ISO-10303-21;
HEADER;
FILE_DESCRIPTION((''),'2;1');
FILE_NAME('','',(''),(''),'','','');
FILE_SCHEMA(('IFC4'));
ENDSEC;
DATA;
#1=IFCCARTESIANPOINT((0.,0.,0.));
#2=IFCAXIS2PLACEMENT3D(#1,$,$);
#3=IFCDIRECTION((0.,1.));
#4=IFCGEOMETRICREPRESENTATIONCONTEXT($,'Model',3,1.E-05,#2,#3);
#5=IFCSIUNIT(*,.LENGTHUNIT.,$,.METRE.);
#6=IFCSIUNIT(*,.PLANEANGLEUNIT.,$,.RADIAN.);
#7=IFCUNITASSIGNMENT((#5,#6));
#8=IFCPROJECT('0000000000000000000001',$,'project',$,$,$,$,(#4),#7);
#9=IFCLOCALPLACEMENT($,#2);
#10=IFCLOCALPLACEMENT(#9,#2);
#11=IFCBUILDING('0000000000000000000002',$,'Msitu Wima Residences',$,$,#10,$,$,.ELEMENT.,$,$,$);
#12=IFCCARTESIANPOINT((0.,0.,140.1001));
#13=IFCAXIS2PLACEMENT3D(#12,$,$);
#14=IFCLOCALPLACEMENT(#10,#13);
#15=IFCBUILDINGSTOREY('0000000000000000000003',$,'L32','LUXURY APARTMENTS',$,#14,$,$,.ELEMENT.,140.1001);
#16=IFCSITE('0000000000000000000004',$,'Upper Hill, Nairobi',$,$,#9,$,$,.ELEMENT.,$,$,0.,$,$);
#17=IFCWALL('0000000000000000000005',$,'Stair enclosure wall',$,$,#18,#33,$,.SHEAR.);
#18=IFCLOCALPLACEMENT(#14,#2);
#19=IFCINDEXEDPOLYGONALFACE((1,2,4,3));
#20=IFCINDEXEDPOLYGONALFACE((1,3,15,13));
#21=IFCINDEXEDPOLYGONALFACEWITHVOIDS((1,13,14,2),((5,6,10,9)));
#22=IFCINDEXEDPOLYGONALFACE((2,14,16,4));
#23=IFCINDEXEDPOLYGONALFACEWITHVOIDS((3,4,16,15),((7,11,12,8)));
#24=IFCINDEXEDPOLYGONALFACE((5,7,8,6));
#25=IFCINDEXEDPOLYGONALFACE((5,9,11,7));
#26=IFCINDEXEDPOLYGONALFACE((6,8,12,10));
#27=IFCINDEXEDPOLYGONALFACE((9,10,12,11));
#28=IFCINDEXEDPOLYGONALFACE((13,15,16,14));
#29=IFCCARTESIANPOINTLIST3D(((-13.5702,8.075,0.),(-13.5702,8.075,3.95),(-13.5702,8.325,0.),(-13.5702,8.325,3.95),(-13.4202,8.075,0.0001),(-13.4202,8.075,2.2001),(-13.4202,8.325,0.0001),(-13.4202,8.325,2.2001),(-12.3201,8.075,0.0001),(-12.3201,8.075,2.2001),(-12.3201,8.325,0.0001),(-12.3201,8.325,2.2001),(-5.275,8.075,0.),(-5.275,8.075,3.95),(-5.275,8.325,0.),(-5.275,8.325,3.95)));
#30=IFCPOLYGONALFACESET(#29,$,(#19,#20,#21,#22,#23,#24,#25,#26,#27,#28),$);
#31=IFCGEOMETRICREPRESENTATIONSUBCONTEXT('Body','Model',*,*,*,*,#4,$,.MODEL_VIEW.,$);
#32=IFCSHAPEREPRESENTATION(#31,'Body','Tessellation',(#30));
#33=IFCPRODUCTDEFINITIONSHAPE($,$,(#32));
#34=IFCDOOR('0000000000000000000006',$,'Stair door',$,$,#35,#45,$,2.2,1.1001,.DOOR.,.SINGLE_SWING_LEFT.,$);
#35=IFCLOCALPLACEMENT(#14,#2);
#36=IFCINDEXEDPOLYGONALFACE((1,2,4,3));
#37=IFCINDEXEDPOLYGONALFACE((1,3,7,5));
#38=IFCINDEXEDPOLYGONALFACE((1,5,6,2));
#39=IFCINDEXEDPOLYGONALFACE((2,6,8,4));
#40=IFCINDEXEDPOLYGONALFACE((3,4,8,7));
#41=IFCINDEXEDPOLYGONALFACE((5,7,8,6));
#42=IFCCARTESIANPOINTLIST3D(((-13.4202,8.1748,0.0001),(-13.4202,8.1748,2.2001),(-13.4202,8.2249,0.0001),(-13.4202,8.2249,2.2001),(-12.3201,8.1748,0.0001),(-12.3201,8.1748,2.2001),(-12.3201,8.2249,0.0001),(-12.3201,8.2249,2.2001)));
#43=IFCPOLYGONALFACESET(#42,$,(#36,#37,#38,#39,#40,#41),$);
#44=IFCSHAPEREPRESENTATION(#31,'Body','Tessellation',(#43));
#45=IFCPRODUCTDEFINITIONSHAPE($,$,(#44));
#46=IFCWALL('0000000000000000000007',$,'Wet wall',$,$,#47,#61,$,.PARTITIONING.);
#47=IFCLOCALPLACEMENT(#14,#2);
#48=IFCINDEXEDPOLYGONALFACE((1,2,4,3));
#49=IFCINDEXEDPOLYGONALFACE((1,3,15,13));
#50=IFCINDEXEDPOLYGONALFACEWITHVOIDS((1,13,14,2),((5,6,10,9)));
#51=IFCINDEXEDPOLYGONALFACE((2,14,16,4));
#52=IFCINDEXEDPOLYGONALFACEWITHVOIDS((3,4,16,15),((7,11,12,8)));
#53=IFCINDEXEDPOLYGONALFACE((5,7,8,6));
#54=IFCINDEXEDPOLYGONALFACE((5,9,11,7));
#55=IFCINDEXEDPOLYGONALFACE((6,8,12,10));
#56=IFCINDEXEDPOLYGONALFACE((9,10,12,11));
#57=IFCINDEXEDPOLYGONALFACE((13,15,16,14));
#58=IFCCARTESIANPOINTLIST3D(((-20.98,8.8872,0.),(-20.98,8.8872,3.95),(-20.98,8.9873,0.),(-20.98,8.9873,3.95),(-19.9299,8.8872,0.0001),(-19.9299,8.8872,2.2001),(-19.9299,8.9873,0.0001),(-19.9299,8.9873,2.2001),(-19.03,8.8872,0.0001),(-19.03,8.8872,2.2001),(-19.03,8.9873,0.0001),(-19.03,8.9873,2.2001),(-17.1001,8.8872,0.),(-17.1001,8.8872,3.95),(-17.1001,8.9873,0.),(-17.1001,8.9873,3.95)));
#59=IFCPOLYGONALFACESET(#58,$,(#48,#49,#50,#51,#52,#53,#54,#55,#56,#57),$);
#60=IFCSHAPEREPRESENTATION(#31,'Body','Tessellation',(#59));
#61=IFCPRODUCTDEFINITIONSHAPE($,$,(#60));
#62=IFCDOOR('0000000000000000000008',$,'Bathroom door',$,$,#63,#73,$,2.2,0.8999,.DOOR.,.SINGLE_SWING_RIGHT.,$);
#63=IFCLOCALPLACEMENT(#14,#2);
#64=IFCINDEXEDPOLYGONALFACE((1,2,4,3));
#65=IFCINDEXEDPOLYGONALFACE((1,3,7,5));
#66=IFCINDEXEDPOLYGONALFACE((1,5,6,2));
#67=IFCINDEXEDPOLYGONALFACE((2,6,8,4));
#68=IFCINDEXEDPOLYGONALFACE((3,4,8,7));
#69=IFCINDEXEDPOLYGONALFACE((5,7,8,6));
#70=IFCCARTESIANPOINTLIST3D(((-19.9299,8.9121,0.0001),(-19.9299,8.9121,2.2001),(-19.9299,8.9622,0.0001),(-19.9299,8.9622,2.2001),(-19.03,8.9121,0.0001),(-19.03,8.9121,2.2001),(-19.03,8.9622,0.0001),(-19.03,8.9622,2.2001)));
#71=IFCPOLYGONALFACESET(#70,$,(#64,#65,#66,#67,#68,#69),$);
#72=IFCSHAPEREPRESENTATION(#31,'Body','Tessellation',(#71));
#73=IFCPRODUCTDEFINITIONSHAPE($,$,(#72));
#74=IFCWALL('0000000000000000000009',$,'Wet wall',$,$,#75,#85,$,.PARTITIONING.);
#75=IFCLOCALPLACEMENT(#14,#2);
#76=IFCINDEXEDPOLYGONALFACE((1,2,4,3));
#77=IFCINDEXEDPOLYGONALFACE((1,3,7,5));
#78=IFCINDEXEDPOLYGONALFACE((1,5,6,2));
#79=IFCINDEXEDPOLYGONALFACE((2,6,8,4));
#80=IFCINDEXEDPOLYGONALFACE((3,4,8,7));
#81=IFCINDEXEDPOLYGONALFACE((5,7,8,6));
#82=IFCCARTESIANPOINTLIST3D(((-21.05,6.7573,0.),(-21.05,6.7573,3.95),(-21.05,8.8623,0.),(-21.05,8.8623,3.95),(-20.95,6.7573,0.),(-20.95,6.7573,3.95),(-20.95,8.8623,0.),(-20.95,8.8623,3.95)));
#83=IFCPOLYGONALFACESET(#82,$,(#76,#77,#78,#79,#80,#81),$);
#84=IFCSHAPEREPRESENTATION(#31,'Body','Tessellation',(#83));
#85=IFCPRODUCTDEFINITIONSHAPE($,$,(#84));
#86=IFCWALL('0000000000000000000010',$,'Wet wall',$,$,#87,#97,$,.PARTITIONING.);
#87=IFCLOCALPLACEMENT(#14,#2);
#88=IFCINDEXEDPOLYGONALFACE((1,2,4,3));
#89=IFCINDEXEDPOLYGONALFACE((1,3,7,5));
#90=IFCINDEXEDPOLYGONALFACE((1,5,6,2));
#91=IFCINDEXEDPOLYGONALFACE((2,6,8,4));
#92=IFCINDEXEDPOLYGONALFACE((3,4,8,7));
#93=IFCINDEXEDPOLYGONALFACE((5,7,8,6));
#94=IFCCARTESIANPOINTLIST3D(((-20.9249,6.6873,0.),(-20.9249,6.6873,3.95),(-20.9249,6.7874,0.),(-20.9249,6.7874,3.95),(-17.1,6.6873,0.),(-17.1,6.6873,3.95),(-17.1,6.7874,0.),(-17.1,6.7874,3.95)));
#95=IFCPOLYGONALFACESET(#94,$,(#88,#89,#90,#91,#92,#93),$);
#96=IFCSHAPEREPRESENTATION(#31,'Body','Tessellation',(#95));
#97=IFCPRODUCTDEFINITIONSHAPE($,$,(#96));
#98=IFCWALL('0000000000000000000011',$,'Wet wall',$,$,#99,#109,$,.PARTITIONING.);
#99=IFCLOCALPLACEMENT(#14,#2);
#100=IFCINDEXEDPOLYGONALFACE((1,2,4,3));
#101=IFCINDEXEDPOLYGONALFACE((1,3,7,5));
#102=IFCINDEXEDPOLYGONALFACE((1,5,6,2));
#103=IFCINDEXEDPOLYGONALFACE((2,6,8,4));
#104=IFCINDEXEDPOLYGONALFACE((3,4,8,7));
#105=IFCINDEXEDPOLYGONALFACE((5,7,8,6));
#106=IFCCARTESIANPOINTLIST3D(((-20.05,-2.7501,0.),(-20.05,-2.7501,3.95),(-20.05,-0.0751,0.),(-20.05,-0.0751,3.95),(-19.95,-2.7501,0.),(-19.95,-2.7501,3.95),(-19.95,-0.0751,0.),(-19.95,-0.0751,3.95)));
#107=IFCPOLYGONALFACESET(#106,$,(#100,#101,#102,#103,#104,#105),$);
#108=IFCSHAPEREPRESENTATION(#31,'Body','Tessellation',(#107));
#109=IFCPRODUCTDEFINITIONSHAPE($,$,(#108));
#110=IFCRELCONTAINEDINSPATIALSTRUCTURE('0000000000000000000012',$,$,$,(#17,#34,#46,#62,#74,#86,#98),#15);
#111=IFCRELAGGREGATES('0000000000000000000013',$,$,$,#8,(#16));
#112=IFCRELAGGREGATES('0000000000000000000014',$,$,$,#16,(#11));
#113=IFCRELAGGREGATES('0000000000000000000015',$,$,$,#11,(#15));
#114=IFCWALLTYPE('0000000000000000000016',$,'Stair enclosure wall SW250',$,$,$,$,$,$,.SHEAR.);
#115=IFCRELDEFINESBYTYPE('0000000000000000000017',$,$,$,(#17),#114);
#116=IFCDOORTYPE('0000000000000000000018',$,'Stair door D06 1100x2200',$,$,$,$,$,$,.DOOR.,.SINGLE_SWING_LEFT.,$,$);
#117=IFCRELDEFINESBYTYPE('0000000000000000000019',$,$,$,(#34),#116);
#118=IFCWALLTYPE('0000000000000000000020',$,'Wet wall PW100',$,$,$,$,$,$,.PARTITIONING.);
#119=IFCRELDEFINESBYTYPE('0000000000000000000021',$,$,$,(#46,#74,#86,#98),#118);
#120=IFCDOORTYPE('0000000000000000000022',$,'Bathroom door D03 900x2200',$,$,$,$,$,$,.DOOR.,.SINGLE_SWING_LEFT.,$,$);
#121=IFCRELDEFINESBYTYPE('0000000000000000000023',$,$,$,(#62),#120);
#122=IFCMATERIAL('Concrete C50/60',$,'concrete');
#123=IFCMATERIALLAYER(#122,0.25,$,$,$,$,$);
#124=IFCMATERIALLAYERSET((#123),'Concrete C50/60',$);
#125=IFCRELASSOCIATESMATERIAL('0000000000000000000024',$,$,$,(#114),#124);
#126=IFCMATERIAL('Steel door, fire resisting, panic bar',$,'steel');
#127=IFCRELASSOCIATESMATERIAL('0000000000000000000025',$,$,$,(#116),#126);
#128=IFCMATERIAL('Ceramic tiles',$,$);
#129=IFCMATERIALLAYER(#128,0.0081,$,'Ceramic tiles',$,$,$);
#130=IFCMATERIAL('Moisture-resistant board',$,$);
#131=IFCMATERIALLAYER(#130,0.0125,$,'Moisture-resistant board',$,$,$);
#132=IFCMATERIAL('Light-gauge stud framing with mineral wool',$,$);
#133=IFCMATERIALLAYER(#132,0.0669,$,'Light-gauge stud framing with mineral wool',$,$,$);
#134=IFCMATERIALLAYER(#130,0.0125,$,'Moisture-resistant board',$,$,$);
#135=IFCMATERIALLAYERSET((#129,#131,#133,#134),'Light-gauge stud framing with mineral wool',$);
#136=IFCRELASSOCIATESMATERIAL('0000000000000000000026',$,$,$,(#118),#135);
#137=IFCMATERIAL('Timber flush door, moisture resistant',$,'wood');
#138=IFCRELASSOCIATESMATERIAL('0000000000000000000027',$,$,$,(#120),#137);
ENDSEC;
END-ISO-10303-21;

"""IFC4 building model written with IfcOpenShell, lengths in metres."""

from ifc_helpers import new_model, si_unit, direction, frame, frame_2d, origin, place, context, subcontext, project, spatial, rectangle, extrude, material, layer, layer_set, type_object, element, fill, save


model = new_model("IFC4")

# Units and contexts
model_context = context("Model", 3, precision=1e-05, world=origin(), true_north=direction((0.0, 1.0)))
body_context = subcontext(model_context, "Body", "Model", "MODEL_VIEW")
ifc_project = project(units=[si_unit("LENGTHUNIT", "METRE"), si_unit("PLANEANGLEUNIT", "RADIAN")], contexts=[model_context])

# Site, building, storey
site_placement = place(None, origin())
site = spatial("IfcSite", under=ifc_project, at=site_placement, Name="Upper Hill, Nairobi", CompositionType="ELEMENT", RefElevation=0.0)
building_placement = place(site_placement, origin())
building = spatial("IfcBuilding", under=site, at=building_placement, Name="Msitu Wima Residences", CompositionType="ELEMENT")
storey_placement = place(building_placement, frame((0.0, 0.0, 140.1001)))
storey = spatial("IfcBuildingStorey", under=building, at=storey_placement, Name="L32", Description="LUXURY APARTMENTS", CompositionType="ELEMENT", Elevation=140.1001)

# Shared definitions
ifc_material_1 = material(Name="Light-gauge stud framing with mineral wool")

# Walls, openings, doors
ifc_material_2 = material(Name="Concrete C50/60", Category="concrete")
ifc_layer_1 = layer(ifc_material_2, 0.25)
ifc_layer_set_1 = layer_set([ifc_layer_1], Name="Concrete C50/60")
wall_type_1 = type_object("IfcWallType", Name="Stair enclosure wall SW250", PredefinedType="SHEAR", material=ifc_layer_set_1)
wall_1_placement = place(storey_placement, frame((-13.5701, 8.2, 0.0), z_axis=(0.0, 0.0, 1.0), x_axis=(1.0, 0.0, 0.0)))
wall_1 = element("IfcWall", 1, at=wall_1_placement, inside=storey, type_object=wall_type_1, Name="Stair enclosure wall", PredefinedType="SHEAR", context=body_context, shape_type="SweptSolid", body=[
    extrude(rectangle(XDim=8.2952, YDim=0.25, at=frame_2d((4.1475, 0.0))), origin(), (0.0, 0.0, 1.0), 3.95),
])
opening_1_placement = place(wall_1_placement, frame((0.1499, 0.0, 0.0)))
opening_1 = element("IfcOpeningElement", 2, at=opening_1_placement, cuts=wall_1, PredefinedType="OPENING", context=body_context, shape_type="SweptSolid", body=[
    extrude(rectangle(XDim=1.1001, YDim=2.2, at=frame_2d((0.55, 1.1001))), frame((0.0, 0.135, 0.0), z_axis=(0.0, -1.0, 0.0), x_axis=(1.0, 0.0, 0.0)), (0.0, 0.0, 1.0), 0.27),
])
ifc_material_3 = material(Name="Steel door, fire resisting, panic bar", Category="steel")
door_type_1 = type_object("IfcDoorType", Name="Stair door D06 1100x2200", OperationType="SINGLE_SWING_LEFT", PredefinedType="DOOR", material=ifc_material_3)
door_1_placement = place(opening_1_placement, origin())
door_1 = element("IfcDoor", 3, at=door_1_placement, inside=storey, type_object=door_type_1, Name="Stair door", OperationType="SINGLE_SWING_LEFT", OverallHeight=2.2, OverallWidth=1.1001, PredefinedType="DOOR", context=body_context, shape_type="SweptSolid", body=[
    extrude(rectangle(XDim=1.1001, YDim=2.2, at=frame_2d((0.55, 1.1001))), frame((0.0, 0.0249, 0.0), z_axis=(0.0, -1.0, 0.0), x_axis=(1.0, 0.0, 0.0)), (0.0, 0.0, 1.0), 0.05),
])
fill(opening_1, door_1)
ifc_material_4 = material(Name="Ceramic tiles")
ifc_layer_2 = layer(ifc_material_4, 0.0081, Name="Ceramic tiles")
ifc_material_5 = material(Name="Moisture-resistant board")
ifc_layer_3 = layer(ifc_material_5, 0.0125, Name="Moisture-resistant board")
ifc_layer_4 = layer(ifc_material_1, 0.0669, Name="Light-gauge stud framing with mineral wool")
ifc_layer_5 = layer(ifc_material_5, 0.0125, Name="Moisture-resistant board")
ifc_layer_set_2 = layer_set([ifc_layer_2, ifc_layer_3, ifc_layer_4, ifc_layer_5], Name="Light-gauge stud framing with mineral wool")
wall_type_2 = type_object("IfcWallType", Name="Wet wall PW100", PredefinedType="PARTITIONING", material=ifc_layer_set_2)
wall_2_placement = place(storey_placement, frame((-20.98, 8.9373, 0.0), z_axis=(0.0, 0.0, 1.0), x_axis=(1.0, 0.0, 0.0)))
wall_2 = element("IfcWall", 4, at=wall_2_placement, inside=storey, type_object=wall_type_2, Name="Wet wall", PredefinedType="PARTITIONING", context=body_context, shape_type="SweptSolid", body=[
    extrude(rectangle(XDim=3.8799, YDim=0.1001, at=frame_2d((1.9399, 0.0))), origin(), (0.0, 0.0, 1.0), 3.95),
])
opening_2_placement = place(wall_2_placement, frame((1.05, 0.0, 0.0)))
opening_2 = element("IfcOpeningElement", 5, at=opening_2_placement, cuts=wall_2, PredefinedType="OPENING", context=body_context, shape_type="SweptSolid", body=[
    extrude(rectangle(XDim=0.8999, YDim=2.2, at=frame_2d((0.45, 1.1001))), frame((0.0, 0.0601, 0.0), z_axis=(0.0, -1.0, 0.0), x_axis=(1.0, 0.0, 0.0)), (0.0, 0.0, 1.0), 0.1201),
])
ifc_material_6 = material(Name="Timber flush door, moisture resistant", Category="wood")
door_type_2 = type_object("IfcDoorType", Name="Bathroom door D03 900x2200", OperationType="SINGLE_SWING_LEFT", PredefinedType="DOOR", material=ifc_material_6)
door_2_placement = place(opening_2_placement, origin())
door_2 = element("IfcDoor", 6, at=door_2_placement, inside=storey, type_object=door_type_2, Name="Bathroom door", OperationType="SINGLE_SWING_RIGHT", OverallHeight=2.2, OverallWidth=0.8999, PredefinedType="DOOR", context=body_context, shape_type="SweptSolid", body=[
    extrude(rectangle(XDim=0.8999, YDim=2.2, at=frame_2d((0.45, 1.1001))), frame((0.0, 0.0249, 0.0), z_axis=(0.0, -1.0, 0.0), x_axis=(1.0, 0.0, 0.0)), (0.0, 0.0, 1.0), 0.05),
])
fill(opening_2, door_2)

# Walls
wall_3_placement = place(storey_placement, frame((-21.0, 6.7573, 0.0), z_axis=(0.0, 0.0, 1.0), x_axis=(0.0, 1.0, 0.0)))
element("IfcWall", 7, at=wall_3_placement, inside=storey, type_object=wall_type_2, Name="Wet wall", PredefinedType="PARTITIONING", context=body_context, shape_type="SweptSolid", body=[
    extrude(rectangle(XDim=2.105, YDim=0.1001, at=frame_2d((1.0525, 0.0))), origin(), (0.0, 0.0, 1.0), 3.95),
])
wall_4_placement = place(storey_placement, frame((-20.925, 6.7373, 0.0), z_axis=(0.0, 0.0, 1.0), x_axis=(1.0, 0.0, 0.0)))
element("IfcWall", 8, at=wall_4_placement, inside=storey, type_object=wall_type_2, Name="Wet wall", PredefinedType="PARTITIONING", context=body_context, shape_type="SweptSolid", body=[
    extrude(rectangle(XDim=3.825, YDim=0.1001, at=frame_2d((1.9126, 0.0))), origin(), (0.0, 0.0, 1.0), 3.95),
])
wall_5_placement = place(storey_placement, frame((-20.0, -2.75, 0.0), z_axis=(0.0, 0.0, 1.0), x_axis=(0.0, 1.0, 0.0)))
element("IfcWall", 9, at=wall_5_placement, inside=storey, type_object=wall_type_2, Name="Wet wall", PredefinedType="PARTITIONING", context=body_context, shape_type="SweptSolid", body=[
    extrude(rectangle(XDim=2.675, YDim=0.1001, at=frame_2d((1.3374, 0.0))), origin(), (0.0, 0.0, 1.0), 3.95),
])

save(model, "model.ifc")
